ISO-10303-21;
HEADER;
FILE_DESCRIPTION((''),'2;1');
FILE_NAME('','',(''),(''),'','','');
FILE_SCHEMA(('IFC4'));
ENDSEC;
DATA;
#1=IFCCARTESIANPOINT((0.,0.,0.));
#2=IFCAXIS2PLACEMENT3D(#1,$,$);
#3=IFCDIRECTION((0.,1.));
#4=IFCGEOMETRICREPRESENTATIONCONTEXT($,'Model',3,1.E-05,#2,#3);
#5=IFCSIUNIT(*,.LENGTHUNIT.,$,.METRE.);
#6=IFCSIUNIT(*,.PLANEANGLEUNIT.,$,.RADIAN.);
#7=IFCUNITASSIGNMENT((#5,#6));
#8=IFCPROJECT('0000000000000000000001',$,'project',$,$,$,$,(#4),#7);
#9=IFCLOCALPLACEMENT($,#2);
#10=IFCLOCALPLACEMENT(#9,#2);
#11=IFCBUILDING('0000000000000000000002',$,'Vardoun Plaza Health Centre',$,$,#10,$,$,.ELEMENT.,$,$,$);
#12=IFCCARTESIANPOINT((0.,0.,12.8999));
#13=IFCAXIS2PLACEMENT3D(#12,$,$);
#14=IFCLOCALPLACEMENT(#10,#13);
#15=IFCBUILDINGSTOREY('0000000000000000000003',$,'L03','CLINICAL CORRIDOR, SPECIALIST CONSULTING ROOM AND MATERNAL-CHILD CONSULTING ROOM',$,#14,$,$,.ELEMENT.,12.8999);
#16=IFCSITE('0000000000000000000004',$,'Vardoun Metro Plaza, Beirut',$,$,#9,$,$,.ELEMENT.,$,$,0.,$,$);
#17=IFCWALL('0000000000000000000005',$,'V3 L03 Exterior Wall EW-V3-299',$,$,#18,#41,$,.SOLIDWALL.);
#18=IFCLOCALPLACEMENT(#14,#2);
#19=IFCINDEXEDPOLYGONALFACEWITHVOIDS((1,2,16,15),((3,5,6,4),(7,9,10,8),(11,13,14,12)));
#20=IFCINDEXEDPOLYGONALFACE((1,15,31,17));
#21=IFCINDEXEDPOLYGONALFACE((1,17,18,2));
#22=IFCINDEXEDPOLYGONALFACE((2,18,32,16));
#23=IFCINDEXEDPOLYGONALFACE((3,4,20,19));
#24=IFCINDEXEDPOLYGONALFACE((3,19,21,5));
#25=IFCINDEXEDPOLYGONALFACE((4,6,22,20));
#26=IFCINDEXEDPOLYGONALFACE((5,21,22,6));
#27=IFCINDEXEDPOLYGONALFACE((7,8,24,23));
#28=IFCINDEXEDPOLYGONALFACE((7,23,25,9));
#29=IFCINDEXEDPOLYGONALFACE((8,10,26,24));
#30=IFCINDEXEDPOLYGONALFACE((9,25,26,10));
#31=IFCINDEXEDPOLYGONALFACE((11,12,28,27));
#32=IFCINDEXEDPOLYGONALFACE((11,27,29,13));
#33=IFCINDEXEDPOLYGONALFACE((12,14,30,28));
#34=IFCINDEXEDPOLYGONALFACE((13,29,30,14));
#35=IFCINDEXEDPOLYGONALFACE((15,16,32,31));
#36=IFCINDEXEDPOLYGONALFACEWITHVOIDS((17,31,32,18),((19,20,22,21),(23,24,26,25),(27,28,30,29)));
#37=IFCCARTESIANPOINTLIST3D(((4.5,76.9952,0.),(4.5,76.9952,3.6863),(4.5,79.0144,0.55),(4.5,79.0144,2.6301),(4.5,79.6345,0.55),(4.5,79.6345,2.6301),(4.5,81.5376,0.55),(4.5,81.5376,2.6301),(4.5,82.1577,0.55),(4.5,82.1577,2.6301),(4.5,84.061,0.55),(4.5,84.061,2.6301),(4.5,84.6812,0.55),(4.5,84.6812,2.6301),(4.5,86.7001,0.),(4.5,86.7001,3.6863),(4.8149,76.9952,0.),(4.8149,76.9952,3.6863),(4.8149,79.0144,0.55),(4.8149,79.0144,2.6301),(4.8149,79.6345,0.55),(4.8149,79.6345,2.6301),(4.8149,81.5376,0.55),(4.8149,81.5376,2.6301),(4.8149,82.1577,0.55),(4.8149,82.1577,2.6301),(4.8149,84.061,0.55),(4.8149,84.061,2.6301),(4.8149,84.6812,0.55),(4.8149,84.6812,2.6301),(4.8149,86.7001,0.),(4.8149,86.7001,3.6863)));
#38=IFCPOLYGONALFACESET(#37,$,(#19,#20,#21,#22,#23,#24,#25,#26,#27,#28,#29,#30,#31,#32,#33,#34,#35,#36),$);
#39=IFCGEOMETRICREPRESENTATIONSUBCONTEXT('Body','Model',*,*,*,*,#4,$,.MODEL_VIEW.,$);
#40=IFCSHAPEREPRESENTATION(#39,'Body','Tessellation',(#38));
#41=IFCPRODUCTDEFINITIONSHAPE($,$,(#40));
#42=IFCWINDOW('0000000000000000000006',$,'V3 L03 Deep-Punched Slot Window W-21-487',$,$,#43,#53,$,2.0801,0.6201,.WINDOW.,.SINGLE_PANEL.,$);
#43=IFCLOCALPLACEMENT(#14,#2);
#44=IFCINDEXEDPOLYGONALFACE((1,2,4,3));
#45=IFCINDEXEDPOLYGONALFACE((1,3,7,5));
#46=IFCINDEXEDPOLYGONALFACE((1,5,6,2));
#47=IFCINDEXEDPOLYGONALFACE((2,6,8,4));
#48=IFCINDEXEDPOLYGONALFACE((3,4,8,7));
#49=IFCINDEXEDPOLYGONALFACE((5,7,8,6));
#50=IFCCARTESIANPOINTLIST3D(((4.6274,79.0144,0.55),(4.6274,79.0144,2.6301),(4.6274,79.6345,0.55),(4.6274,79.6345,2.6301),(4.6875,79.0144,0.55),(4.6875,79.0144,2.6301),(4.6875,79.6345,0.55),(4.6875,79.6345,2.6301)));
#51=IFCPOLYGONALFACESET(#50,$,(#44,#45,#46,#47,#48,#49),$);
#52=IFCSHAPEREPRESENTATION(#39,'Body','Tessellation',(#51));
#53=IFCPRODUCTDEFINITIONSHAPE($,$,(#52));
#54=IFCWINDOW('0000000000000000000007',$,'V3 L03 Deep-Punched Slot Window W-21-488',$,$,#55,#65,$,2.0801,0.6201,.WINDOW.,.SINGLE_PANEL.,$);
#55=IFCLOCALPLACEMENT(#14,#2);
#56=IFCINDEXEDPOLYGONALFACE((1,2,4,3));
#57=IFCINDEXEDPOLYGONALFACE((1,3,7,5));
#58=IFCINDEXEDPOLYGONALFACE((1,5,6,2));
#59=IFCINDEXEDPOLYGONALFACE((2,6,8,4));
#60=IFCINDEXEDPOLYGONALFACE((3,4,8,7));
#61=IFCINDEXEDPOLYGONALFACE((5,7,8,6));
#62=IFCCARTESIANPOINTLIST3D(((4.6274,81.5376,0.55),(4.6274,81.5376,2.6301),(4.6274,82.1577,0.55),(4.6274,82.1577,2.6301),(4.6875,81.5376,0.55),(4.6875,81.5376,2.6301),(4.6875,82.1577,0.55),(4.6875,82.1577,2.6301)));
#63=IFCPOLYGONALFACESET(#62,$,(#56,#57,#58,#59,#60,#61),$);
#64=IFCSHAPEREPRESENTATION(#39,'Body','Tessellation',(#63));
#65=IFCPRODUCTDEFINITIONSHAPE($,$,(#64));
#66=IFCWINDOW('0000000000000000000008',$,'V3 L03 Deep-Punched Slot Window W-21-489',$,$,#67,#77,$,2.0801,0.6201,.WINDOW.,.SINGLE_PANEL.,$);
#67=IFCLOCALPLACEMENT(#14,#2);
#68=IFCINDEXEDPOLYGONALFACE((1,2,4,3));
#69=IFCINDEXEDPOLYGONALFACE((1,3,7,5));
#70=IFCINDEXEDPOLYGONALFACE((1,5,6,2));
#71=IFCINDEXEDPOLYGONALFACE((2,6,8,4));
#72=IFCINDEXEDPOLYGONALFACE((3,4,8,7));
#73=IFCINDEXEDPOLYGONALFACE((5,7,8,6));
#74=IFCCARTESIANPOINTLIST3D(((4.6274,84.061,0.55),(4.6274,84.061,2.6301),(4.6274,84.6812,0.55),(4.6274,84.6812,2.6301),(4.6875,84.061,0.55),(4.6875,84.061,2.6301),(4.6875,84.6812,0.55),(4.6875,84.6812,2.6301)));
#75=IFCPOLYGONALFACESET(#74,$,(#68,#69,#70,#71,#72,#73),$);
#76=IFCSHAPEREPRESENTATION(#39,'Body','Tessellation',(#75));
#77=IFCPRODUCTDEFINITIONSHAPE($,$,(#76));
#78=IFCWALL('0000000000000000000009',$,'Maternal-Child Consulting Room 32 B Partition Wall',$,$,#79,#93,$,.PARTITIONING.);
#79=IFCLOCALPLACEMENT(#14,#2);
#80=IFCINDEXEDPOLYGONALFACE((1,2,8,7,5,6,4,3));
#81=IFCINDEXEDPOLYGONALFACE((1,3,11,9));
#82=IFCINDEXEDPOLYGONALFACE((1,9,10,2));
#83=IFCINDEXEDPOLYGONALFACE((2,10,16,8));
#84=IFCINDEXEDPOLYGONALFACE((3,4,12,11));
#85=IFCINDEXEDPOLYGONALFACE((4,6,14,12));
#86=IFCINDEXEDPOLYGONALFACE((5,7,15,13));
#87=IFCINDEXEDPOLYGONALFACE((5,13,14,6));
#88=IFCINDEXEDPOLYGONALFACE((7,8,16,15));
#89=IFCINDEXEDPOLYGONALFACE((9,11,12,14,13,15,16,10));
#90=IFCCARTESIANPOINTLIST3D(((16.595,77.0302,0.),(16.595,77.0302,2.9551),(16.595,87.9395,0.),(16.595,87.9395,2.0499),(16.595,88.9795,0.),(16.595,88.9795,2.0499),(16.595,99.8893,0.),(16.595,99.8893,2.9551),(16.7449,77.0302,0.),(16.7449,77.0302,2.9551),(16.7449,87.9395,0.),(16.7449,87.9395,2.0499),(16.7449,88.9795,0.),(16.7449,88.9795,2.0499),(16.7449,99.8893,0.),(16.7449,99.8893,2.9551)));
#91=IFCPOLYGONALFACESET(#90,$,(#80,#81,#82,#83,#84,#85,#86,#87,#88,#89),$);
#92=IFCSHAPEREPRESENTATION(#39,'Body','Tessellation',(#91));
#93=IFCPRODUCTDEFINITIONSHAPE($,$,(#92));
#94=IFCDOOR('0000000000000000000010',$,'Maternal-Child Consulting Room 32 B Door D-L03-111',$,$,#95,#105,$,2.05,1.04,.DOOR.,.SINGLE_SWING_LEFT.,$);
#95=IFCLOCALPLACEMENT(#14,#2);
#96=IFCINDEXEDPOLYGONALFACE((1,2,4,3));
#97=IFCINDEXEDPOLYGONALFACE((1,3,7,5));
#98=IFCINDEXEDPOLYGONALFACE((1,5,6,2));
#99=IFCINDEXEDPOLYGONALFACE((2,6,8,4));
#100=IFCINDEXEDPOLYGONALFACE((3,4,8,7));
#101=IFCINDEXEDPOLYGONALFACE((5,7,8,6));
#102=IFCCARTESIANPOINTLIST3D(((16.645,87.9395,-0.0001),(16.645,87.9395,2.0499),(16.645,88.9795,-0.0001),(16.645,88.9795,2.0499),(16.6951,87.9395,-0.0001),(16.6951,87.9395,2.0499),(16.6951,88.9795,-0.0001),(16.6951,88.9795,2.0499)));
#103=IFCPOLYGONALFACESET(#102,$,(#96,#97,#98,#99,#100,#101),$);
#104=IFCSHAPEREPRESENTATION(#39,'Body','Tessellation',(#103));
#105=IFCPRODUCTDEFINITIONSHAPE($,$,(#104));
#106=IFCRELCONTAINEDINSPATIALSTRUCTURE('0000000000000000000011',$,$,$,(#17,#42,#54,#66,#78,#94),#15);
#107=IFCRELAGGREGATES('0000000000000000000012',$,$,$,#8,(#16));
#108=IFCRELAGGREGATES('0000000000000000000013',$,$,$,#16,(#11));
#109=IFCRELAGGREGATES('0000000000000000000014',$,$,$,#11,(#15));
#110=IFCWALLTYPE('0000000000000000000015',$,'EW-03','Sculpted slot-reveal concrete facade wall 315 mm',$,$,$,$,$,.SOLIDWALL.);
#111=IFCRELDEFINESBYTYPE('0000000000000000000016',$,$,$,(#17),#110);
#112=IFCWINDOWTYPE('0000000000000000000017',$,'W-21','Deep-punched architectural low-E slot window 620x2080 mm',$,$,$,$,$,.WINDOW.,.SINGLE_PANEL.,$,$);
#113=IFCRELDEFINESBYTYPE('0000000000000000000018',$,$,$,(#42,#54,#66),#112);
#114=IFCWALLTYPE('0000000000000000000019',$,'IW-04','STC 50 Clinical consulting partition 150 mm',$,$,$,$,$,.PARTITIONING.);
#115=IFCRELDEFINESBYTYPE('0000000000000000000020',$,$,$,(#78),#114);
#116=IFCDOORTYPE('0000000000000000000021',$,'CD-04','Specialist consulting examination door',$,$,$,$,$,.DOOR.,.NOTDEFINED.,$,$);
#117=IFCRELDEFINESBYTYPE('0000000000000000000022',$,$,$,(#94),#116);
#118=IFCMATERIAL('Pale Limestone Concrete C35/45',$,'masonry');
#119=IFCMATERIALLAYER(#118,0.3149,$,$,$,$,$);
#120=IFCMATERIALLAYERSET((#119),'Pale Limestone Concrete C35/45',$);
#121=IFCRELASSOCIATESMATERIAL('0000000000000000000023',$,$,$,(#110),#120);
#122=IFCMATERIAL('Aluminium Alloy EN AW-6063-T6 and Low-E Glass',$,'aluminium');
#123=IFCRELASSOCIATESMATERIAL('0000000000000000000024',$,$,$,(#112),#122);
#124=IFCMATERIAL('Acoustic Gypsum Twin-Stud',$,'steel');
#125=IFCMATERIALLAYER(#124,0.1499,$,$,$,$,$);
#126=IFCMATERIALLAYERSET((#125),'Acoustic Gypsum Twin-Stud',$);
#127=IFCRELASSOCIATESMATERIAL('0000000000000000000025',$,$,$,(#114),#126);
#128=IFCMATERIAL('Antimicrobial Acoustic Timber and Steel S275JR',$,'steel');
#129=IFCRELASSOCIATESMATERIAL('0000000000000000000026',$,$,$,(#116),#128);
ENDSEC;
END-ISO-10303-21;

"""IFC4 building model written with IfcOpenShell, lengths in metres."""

from ifc_helpers import new_model, si_unit, direction, frame, frame_2d, origin, place, context, subcontext, project, spatial, rectangle, extrude, material, layer, layer_set, type_object, element, fill, save


model = new_model("IFC4")

# Units and contexts
model_context = context("Model", 3, precision=1e-05, world=origin(), true_north=direction((0.0, 1.0)))
body_context = subcontext(model_context, "Body", "Model", "MODEL_VIEW")
ifc_project = project(units=[si_unit("LENGTHUNIT", "METRE"), si_unit("PLANEANGLEUNIT", "RADIAN")], contexts=[model_context])

# Site, building, storey
site_placement = place(None, origin())
site = spatial("IfcSite", under=ifc_project, at=site_placement, Name="Vardoun Metro Plaza, Beirut", CompositionType="ELEMENT", RefElevation=0.0)
building_placement = place(site_placement, origin())
building = spatial("IfcBuilding", under=site, at=building_placement, Name="Vardoun Plaza Health Centre", CompositionType="ELEMENT")
storey_placement = place(building_placement, frame((0.0, 0.0, 12.8999)))
storey = spatial("IfcBuildingStorey", under=building, at=storey_placement, Name="L03", Description="CLINICAL CORRIDOR, SPECIALIST CONSULTING ROOM AND MATERNAL-CHILD CONSULTING ROOM", CompositionType="ELEMENT", Elevation=12.8999)

# Shared definitions
ifc_material_1 = material(Name="Pale Limestone Concrete C35/45", Category="masonry")
ifc_layer_1 = layer(ifc_material_1, 0.3149)
ifc_layer_set_1 = layer_set([ifc_layer_1], Name="Pale Limestone Concrete C35/45")
wall_type_1 = type_object("IfcWallType", Name="EW-03", Description="Sculpted slot-reveal concrete facade wall 315 mm", PredefinedType="SOLIDWALL", material=ifc_layer_set_1)

# Wall, openings, windows
wall_1_placement = place(storey_placement, frame((4.6575, 76.9951, 0.0), z_axis=(0.0, 0.0, 1.0), x_axis=(0.0, 1.0, 0.0)))
wall_1 = element("IfcWall", 1, at=wall_1_placement, inside=storey, type_object=wall_type_1, Name="V3 L03 Exterior Wall EW-V3-299", PredefinedType="SOLIDWALL", context=body_context, shape_type="SweptSolid", body=[
    extrude(rectangle(XDim=9.7048, YDim=0.3149, at=frame_2d((4.8525, 0.0))), origin(), (0.0, 0.0, 1.0), 3.6863),
])
opening_1_placement = place(wall_1_placement, frame((2.0193, 0.0, 0.55)))
opening_1 = element("IfcOpeningElement", 2, at=opening_1_placement, cuts=wall_1, PredefinedType="OPENING", context=body_context, shape_type="SweptSolid", body=[
    extrude(rectangle(XDim=0.6201, YDim=2.0801, at=frame_2d((0.3101, 1.04))), frame((0.0, 0.1575, 0.0), z_axis=(0.0, -1.0, 0.0), x_axis=(1.0, 0.0, 0.0)), (0.0, 0.0, 1.0), 0.3149),
])
opening_2_placement = place(wall_1_placement, frame((4.5425, 0.0, 0.55)))
opening_2 = element("IfcOpeningElement", 3, at=opening_2_placement, cuts=wall_1, PredefinedType="OPENING", context=body_context, shape_type="SweptSolid", body=[
    extrude(rectangle(XDim=0.6201, YDim=2.0801, at=frame_2d((0.3101, 1.04))), frame((0.0, 0.1575, 0.0), z_axis=(0.0, -1.0, 0.0), x_axis=(1.0, 0.0, 0.0)), (0.0, 0.0, 1.0), 0.3149),
])
opening_3_placement = place(wall_1_placement, frame((7.0659, 0.0, 0.55)))
opening_3 = element("IfcOpeningElement", 4, at=opening_3_placement, cuts=wall_1, PredefinedType="OPENING", context=body_context, shape_type="SweptSolid", body=[
    extrude(rectangle(XDim=0.6201, YDim=2.0801, at=frame_2d((0.3101, 1.04))), frame((0.0, 0.1575, 0.0), z_axis=(0.0, -1.0, 0.0), x_axis=(1.0, 0.0, 0.0)), (0.0, 0.0, 1.0), 0.3149),
])
ifc_material_2 = material(Name="Aluminium Alloy EN AW-6063-T6 and Low-E Glass", Category="aluminium")
window_type = type_object("IfcWindowType", Name="W-21", Description="Deep-punched architectural low-E slot window 620x2080 mm", PartitioningType="SINGLE_PANEL", PredefinedType="WINDOW", material=ifc_material_2)
window_1_placement = place(opening_1_placement, origin())
window_1 = element("IfcWindow", 5, at=window_1_placement, inside=storey, type_object=window_type, Name="V3 L03 Deep-Punched Slot Window W-21-487", OverallHeight=2.0801, OverallWidth=0.6201, PartitioningType="SINGLE_PANEL", PredefinedType="WINDOW", context=body_context, shape_type="SweptSolid", body=[
    extrude(rectangle(XDim=0.6201, YDim=2.0801, at=frame_2d((0.3101, 1.04))), frame((0.0, 0.03, 0.0), z_axis=(0.0, -1.0, 0.0), x_axis=(1.0, 0.0, 0.0)), (0.0, 0.0, 1.0), 0.0601),
])
fill(opening_1, window_1)
window_2_placement = place(opening_2_placement, origin())
window_2 = element("IfcWindow", 6, at=window_2_placement, inside=storey, type_object=window_type, Name="V3 L03 Deep-Punched Slot Window W-21-488", OverallHeight=2.0801, OverallWidth=0.6201, PartitioningType="SINGLE_PANEL", PredefinedType="WINDOW", context=body_context, shape_type="SweptSolid", body=[
    extrude(rectangle(XDim=0.6201, YDim=2.0801, at=frame_2d((0.3101, 1.04))), frame((0.0, 0.03, 0.0), z_axis=(0.0, -1.0, 0.0), x_axis=(1.0, 0.0, 0.0)), (0.0, 0.0, 1.0), 0.0601),
])
fill(opening_2, window_2)
window_3_placement = place(opening_3_placement, origin())
window_3 = element("IfcWindow", 7, at=window_3_placement, inside=storey, type_object=window_type, Name="V3 L03 Deep-Punched Slot Window W-21-489", OverallHeight=2.0801, OverallWidth=0.6201, PartitioningType="SINGLE_PANEL", PredefinedType="WINDOW", context=body_context, shape_type="SweptSolid", body=[
    extrude(rectangle(XDim=0.6201, YDim=2.0801, at=frame_2d((0.3101, 1.04))), frame((0.0, 0.03, 0.0), z_axis=(0.0, -1.0, 0.0), x_axis=(1.0, 0.0, 0.0)), (0.0, 0.0, 1.0), 0.0601),
])
fill(opening_3, window_3)

# Wall, opening, door
ifc_material_3 = material(Name="Acoustic Gypsum Twin-Stud", Category="steel")
ifc_layer_2 = layer(ifc_material_3, 0.1499)
ifc_layer_set_2 = layer_set([ifc_layer_2], Name="Acoustic Gypsum Twin-Stud")
wall_type_2 = type_object("IfcWallType", Name="IW-04", Description="STC 50 Clinical consulting partition 150 mm", PredefinedType="PARTITIONING", material=ifc_layer_set_2)
wall_2_placement = place(storey_placement, frame((16.6699, 77.03, 0.0), z_axis=(0.0, 0.0, 1.0), x_axis=(0.0, 1.0, 0.0)))
wall_2 = element("IfcWall", 8, at=wall_2_placement, inside=storey, type_object=wall_type_2, Name="Maternal-Child Consulting Room 32 B Partition Wall", PredefinedType="PARTITIONING", context=body_context, shape_type="SweptSolid", body=[
    extrude(rectangle(XDim=22.8591, YDim=0.1499, at=frame_2d((11.4297, 0.0))), origin(), (0.0, 0.0, 1.0), 2.9551),
])
opening_4_placement = place(wall_2_placement, frame((10.9094, 0.0, 0.0)))
opening_4 = element("IfcOpeningElement", 9, at=opening_4_placement, cuts=wall_2, PredefinedType="OPENING", context=body_context, shape_type="SweptSolid", body=[
    extrude(rectangle(XDim=1.04, YDim=2.05, at=frame_2d((0.52, 1.0249))), frame((0.0, 0.075, 0.0), z_axis=(0.0, -1.0, 0.0), x_axis=(1.0, 0.0, 0.0)), (0.0, 0.0, 1.0), 0.1499),
])
ifc_material_4 = material(Name="Antimicrobial Acoustic Timber and Steel S275JR", Category="steel")
door_type = type_object("IfcDoorType", Name="CD-04", Description="Specialist consulting examination door", OperationType="NOTDEFINED", PredefinedType="DOOR", material=ifc_material_4)
door_placement = place(opening_4_placement, origin())
door = element("IfcDoor", 10, at=door_placement, inside=storey, type_object=door_type, Name="Maternal-Child Consulting Room 32 B Door D-L03-111", OperationType="SINGLE_SWING_LEFT", OverallHeight=2.05, OverallWidth=1.04, PredefinedType="DOOR", context=body_context, shape_type="SweptSolid", body=[
    extrude(rectangle(XDim=1.04, YDim=2.05, at=frame_2d((0.52, 1.0249))), frame((0.0, 0.0249, 0.0), z_axis=(0.0, -1.0, 0.0), x_axis=(1.0, 0.0, 0.0)), (0.0, 0.0, 1.0), 0.05),
])
fill(opening_4, door)

save(model, "model.ifc")
